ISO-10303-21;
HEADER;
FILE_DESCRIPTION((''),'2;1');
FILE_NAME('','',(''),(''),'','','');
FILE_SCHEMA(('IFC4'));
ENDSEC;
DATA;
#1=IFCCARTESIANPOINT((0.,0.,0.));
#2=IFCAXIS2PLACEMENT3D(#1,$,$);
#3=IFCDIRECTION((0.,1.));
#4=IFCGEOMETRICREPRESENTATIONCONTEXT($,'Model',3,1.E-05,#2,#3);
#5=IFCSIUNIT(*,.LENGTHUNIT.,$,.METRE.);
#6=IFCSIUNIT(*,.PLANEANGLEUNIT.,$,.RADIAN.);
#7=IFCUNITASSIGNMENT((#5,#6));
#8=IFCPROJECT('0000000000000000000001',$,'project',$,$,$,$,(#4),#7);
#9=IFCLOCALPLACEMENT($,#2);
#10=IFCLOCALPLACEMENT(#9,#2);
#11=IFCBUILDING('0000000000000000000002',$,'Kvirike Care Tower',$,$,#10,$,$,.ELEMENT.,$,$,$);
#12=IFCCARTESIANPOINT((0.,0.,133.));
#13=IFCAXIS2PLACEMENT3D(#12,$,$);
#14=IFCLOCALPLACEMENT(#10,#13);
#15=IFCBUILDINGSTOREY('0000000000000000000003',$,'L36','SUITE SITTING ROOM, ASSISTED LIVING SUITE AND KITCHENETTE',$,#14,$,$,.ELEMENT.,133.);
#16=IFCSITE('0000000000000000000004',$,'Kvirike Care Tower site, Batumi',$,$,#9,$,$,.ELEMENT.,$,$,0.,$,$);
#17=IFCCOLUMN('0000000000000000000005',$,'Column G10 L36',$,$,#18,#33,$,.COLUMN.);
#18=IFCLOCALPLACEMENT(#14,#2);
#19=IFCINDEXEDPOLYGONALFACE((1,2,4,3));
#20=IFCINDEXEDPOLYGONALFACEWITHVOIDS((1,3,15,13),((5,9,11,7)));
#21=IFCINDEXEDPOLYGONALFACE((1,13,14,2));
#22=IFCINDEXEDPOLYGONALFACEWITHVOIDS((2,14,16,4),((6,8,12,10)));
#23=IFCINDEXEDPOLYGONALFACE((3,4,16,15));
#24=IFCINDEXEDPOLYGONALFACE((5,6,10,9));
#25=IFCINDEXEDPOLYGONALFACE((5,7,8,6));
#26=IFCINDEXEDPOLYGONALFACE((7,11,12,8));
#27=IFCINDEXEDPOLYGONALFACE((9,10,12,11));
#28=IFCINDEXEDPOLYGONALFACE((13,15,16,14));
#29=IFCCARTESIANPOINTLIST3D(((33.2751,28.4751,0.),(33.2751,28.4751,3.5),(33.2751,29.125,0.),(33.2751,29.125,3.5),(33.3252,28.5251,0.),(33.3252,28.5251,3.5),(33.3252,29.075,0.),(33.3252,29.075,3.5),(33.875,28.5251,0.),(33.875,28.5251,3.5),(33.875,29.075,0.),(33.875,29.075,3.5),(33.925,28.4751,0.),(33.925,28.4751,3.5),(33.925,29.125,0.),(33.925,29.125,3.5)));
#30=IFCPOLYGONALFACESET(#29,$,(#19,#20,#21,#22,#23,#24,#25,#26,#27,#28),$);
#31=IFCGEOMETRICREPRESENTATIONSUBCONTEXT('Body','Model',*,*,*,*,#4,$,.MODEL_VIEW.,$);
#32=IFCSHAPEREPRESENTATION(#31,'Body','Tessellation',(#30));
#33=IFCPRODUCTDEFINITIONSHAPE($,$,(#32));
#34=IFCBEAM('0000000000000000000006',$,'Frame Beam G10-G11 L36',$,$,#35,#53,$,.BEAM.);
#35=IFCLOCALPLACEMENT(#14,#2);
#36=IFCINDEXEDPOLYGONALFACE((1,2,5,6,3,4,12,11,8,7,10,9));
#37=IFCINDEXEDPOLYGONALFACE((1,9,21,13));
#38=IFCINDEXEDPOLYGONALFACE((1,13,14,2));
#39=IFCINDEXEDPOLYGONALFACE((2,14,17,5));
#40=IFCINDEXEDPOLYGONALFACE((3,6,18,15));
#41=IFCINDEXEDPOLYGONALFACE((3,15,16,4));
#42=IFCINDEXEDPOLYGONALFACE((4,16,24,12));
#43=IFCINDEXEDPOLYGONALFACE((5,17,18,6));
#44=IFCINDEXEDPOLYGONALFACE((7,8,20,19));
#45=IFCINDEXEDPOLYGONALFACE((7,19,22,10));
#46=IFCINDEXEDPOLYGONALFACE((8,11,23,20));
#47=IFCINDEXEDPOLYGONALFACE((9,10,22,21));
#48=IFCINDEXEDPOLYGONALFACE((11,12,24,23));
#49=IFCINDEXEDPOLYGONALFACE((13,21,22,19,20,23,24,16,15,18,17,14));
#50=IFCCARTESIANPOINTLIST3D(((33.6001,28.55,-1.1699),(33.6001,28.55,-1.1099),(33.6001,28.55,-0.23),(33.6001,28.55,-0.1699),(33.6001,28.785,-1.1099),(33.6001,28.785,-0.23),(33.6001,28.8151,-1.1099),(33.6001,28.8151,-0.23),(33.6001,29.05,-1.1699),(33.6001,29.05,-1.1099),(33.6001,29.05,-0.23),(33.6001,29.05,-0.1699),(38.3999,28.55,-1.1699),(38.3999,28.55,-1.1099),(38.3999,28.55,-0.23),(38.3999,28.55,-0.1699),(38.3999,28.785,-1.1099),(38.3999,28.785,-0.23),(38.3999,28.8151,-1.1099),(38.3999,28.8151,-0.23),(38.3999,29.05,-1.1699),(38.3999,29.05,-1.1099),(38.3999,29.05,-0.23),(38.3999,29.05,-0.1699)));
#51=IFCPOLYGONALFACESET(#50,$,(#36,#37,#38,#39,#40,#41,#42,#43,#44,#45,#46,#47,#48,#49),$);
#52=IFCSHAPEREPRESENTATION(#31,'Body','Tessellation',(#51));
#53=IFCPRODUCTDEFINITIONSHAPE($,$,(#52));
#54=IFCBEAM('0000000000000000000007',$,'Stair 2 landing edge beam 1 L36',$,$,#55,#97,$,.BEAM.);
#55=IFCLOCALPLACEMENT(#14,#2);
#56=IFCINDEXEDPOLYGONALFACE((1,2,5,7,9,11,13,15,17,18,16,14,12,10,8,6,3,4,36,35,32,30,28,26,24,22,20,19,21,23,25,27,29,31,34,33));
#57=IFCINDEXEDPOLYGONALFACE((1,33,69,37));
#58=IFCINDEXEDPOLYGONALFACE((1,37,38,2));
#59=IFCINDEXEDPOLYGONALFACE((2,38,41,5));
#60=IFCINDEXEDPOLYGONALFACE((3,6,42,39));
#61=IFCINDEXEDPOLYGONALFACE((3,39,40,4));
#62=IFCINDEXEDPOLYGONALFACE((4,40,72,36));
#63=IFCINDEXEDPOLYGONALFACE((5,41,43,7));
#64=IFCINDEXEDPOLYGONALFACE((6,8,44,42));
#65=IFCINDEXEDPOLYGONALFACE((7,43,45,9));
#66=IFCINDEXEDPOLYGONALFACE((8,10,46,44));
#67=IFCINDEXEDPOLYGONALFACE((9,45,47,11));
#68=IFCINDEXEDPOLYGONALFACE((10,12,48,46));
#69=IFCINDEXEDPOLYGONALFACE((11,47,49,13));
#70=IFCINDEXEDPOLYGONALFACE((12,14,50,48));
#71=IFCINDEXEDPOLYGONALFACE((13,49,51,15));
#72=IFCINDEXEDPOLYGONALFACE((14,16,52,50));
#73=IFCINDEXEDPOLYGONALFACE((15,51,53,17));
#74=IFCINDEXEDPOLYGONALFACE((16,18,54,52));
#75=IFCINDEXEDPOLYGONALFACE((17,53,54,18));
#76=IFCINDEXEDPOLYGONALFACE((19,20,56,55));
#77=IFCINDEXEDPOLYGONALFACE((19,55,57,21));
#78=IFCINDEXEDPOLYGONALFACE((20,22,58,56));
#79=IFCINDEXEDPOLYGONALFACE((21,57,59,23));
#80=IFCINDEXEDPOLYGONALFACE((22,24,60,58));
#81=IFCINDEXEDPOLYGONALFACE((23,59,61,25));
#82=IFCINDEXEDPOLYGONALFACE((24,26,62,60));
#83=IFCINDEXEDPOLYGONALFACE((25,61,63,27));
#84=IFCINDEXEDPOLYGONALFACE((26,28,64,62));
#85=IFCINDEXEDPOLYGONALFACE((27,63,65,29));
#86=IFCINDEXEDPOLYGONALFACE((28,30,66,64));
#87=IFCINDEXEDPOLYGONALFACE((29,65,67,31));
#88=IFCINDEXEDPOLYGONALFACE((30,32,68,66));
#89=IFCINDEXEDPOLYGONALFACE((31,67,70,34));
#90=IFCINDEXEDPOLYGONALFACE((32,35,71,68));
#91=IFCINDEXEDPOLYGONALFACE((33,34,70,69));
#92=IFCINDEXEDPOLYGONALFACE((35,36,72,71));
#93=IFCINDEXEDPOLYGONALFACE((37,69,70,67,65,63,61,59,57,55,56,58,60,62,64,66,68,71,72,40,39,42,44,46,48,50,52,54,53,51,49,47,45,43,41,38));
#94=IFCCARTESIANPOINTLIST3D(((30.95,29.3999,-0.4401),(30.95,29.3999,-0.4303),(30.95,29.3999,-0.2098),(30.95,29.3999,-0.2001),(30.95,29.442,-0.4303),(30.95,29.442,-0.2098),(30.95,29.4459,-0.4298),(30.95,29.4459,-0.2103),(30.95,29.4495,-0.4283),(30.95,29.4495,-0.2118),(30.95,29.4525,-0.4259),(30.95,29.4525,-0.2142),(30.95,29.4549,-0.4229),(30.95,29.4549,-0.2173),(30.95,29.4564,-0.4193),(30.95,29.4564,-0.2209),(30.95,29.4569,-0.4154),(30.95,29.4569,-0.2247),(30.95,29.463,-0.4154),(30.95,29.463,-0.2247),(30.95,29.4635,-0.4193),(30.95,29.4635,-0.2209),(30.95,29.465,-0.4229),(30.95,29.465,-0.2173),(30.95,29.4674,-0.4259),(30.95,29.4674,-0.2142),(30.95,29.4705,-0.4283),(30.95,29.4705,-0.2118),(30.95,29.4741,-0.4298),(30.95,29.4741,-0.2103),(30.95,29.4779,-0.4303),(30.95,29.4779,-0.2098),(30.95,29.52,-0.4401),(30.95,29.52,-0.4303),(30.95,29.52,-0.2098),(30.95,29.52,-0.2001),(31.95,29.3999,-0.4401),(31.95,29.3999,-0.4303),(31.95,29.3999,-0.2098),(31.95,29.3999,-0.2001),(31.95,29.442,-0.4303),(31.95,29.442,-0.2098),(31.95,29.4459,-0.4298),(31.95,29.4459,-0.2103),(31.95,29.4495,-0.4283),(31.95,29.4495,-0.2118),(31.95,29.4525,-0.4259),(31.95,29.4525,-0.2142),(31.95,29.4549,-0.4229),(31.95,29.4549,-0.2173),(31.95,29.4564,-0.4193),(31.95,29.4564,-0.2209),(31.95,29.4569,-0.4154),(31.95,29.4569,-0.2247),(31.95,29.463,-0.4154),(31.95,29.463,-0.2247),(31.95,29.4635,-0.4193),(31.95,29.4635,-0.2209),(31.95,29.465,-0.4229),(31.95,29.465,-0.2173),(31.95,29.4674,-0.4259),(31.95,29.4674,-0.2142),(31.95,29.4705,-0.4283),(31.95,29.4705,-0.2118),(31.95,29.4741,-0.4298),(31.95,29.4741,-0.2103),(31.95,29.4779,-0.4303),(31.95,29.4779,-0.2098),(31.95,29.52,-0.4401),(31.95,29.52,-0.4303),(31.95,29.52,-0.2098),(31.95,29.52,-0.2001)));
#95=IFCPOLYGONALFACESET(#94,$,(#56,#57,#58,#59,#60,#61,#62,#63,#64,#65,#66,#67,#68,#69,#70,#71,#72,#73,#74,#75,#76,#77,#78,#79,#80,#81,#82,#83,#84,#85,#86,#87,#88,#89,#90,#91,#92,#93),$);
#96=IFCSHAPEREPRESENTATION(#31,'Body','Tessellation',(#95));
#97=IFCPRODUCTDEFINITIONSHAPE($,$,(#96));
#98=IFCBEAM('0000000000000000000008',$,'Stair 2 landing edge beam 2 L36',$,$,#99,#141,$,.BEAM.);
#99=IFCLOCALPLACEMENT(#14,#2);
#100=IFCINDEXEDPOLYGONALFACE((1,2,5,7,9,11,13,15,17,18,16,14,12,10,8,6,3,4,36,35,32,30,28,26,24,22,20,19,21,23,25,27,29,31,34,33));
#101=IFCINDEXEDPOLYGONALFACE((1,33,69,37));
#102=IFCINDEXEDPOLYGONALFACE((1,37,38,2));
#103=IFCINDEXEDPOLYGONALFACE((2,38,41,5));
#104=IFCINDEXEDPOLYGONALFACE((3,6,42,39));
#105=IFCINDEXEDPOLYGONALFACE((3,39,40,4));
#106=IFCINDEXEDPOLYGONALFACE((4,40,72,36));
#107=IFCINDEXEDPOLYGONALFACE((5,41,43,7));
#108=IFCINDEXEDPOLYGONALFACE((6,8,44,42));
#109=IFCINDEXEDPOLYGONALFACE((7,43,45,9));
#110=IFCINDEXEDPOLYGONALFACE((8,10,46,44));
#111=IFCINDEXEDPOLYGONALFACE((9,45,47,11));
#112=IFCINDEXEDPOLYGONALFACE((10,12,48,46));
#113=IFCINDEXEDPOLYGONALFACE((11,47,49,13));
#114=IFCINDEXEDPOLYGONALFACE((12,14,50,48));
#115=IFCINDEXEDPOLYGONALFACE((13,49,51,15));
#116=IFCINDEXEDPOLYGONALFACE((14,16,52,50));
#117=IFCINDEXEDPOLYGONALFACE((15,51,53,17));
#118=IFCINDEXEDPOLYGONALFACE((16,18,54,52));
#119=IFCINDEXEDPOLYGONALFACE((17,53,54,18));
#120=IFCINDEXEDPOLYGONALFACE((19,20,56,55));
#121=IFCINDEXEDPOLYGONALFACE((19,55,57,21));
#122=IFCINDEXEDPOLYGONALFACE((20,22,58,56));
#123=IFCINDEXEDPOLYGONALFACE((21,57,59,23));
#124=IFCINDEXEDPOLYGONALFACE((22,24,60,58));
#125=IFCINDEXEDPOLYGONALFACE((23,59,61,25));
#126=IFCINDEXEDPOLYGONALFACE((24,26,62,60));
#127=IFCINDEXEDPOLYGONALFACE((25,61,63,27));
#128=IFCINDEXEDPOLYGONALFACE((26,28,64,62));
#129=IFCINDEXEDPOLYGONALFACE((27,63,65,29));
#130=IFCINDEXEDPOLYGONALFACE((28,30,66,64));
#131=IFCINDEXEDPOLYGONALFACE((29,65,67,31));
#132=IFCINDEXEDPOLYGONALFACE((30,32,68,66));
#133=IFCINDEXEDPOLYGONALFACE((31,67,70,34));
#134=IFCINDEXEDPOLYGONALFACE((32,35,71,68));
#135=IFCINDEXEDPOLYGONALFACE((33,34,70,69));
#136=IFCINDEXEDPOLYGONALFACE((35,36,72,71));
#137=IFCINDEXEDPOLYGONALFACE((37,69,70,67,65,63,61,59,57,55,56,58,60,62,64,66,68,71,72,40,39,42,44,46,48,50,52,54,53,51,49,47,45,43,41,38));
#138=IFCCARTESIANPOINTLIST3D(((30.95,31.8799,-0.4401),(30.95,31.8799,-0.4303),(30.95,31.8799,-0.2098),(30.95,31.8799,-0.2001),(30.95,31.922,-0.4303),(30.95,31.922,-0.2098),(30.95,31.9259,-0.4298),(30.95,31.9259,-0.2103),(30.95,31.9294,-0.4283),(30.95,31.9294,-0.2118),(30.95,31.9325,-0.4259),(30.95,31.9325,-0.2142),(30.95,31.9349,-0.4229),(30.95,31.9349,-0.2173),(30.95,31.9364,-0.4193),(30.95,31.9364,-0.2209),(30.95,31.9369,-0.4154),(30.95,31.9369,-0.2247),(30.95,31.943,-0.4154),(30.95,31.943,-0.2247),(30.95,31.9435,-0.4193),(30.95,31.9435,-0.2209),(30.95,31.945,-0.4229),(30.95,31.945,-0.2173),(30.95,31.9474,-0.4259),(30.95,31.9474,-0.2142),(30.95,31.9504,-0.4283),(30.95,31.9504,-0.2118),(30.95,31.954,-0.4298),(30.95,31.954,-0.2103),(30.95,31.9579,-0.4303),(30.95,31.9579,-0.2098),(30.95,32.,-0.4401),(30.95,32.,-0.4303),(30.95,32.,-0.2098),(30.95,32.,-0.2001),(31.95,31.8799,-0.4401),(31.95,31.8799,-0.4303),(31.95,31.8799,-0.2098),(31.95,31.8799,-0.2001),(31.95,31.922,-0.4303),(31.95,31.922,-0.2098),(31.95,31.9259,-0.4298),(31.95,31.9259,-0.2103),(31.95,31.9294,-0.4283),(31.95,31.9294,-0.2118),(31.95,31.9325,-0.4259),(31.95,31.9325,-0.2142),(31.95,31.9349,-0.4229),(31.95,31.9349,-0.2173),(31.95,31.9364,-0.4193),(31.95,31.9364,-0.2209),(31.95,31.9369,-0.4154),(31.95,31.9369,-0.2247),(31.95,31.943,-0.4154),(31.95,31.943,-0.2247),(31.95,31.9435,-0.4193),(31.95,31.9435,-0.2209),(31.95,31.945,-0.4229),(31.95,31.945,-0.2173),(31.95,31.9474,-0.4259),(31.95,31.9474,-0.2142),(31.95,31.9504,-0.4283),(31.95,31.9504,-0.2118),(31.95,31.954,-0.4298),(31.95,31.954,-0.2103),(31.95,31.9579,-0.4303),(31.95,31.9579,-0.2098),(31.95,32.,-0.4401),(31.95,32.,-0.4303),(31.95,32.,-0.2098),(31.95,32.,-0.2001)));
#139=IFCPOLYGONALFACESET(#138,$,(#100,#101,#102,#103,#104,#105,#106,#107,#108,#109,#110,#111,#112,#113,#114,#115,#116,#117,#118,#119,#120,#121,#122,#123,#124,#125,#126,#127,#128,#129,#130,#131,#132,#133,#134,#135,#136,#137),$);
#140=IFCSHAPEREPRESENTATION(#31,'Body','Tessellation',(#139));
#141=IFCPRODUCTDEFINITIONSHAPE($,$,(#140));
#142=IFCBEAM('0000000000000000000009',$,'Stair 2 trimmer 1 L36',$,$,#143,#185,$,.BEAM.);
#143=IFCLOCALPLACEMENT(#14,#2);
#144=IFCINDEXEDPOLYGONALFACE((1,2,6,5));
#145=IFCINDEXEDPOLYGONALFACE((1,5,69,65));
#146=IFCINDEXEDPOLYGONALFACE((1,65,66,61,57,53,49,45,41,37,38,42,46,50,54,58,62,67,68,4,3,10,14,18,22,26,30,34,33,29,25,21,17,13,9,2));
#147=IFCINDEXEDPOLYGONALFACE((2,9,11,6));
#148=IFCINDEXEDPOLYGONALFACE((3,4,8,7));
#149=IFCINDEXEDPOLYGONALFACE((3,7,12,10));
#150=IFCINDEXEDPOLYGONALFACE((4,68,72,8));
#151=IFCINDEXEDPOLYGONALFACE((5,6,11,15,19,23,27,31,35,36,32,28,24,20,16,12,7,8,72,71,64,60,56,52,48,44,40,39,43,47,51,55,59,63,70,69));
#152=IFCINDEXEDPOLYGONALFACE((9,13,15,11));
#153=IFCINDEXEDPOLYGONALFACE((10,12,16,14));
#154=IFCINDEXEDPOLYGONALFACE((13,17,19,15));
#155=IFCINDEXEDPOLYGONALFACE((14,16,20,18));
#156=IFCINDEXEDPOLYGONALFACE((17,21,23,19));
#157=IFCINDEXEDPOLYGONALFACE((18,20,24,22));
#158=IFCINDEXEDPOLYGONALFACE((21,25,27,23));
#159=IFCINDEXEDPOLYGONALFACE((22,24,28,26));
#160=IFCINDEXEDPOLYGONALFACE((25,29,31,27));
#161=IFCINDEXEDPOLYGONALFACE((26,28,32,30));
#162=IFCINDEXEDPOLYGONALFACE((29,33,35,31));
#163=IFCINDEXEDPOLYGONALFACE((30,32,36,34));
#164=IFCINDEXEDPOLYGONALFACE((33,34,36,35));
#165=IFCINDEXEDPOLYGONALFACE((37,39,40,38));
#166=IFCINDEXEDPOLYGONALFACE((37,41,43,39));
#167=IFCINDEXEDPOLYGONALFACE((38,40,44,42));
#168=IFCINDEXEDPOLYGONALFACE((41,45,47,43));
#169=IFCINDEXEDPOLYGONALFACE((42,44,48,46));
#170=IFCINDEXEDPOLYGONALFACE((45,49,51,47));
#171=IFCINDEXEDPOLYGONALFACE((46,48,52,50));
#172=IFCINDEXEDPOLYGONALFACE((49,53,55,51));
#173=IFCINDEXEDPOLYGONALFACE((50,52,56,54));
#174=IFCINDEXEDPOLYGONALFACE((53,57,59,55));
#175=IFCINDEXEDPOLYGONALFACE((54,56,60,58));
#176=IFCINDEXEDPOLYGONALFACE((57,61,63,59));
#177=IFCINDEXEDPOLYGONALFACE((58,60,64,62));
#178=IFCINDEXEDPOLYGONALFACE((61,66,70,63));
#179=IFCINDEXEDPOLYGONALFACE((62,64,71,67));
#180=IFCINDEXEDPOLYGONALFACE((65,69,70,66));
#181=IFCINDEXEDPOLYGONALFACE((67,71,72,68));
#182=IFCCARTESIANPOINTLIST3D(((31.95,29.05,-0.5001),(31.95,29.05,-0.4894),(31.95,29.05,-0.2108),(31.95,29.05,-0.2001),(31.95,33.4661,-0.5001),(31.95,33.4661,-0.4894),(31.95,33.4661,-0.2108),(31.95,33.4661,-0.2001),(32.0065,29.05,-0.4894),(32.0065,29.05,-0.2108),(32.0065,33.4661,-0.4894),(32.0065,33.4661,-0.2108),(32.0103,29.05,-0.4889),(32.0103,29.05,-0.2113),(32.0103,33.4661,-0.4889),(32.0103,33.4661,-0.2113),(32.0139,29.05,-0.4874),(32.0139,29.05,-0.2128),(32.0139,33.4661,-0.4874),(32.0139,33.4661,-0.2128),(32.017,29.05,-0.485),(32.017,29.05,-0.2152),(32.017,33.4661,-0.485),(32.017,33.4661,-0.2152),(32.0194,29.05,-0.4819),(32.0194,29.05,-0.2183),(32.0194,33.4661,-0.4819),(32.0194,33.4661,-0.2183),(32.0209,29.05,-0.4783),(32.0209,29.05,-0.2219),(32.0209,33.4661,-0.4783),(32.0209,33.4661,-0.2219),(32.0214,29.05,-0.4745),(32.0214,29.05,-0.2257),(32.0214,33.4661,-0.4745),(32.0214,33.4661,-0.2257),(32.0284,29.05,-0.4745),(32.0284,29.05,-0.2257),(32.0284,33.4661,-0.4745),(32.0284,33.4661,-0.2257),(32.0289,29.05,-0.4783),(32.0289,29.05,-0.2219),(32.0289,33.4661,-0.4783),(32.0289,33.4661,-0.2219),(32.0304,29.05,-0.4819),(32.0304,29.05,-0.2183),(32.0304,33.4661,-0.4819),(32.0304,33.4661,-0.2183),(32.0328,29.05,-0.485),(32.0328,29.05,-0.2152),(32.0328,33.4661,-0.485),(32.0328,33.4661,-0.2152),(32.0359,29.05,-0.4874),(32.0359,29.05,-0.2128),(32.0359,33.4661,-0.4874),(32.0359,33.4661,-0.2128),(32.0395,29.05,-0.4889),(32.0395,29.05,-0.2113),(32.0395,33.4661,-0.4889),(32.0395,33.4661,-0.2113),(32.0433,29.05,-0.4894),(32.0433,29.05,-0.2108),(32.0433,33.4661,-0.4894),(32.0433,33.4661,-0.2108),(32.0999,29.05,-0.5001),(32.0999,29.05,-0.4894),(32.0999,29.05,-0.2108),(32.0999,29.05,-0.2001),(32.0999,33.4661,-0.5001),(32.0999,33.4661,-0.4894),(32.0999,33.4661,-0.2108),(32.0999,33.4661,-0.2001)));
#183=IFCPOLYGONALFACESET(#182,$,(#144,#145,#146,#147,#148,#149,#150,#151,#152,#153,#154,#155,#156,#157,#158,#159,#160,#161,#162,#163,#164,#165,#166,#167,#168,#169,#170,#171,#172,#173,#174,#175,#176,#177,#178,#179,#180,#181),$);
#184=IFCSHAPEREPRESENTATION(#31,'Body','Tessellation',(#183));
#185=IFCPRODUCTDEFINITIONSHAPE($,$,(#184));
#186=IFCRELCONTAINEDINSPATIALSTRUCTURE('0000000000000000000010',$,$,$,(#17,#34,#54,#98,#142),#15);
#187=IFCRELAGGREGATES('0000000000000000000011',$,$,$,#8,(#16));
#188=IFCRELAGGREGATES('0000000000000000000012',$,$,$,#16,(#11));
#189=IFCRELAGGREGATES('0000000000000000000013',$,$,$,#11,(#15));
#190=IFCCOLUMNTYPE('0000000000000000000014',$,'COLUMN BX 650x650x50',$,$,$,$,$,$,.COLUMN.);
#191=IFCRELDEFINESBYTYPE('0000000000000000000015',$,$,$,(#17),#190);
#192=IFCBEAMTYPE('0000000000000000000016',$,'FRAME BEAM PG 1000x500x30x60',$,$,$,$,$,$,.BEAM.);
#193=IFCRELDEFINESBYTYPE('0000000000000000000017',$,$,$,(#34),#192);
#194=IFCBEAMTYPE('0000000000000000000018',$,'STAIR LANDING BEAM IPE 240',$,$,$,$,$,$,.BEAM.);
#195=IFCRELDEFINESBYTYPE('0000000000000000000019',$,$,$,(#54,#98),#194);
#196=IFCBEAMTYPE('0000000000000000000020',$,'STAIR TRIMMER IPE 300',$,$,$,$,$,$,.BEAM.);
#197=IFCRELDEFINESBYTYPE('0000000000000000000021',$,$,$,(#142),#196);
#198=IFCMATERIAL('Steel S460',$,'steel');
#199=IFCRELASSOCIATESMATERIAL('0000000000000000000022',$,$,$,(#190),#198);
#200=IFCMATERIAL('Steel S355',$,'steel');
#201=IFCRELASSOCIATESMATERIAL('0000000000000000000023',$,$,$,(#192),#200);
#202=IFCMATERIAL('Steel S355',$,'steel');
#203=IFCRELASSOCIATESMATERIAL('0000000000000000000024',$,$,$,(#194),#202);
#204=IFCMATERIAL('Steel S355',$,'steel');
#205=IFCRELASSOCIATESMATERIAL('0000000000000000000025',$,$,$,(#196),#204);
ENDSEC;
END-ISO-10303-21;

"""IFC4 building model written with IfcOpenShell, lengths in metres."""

from ifc_helpers import new_model, si_unit, direction, frame, origin, origin_2d, place, context, subcontext, project, spatial, hollow_rectangle, i_section, extrude, material, material_profile, profile_set, type_object, element, save


model = new_model("IFC4")

# Units and contexts
model_context = context("Model", 3, precision=1e-05, world=origin(), true_north=direction((0.0, 1.0)))
body_context = subcontext(model_context, "Body", "Model", "MODEL_VIEW")
ifc_project = project(units=[si_unit("LENGTHUNIT", "METRE"), si_unit("PLANEANGLEUNIT", "RADIAN")], contexts=[model_context])

# Site, building, storey
site_placement = place(None, origin())
site = spatial("IfcSite", under=ifc_project, at=site_placement, Name="Kvirike Care Tower site, Batumi", CompositionType="ELEMENT", RefElevation=0.0)
building_placement = place(site_placement, origin())
building = spatial("IfcBuilding", under=site, at=building_placement, Name="Kvirike Care Tower", CompositionType="ELEMENT")
storey_placement = place(building_placement, frame((0.0, 0.0, 133.0)))
storey = spatial("IfcBuildingStorey", under=building, at=storey_placement, Name="L36", Description="SUITE SITTING ROOM, ASSISTED LIVING SUITE AND KITCHENETTE", CompositionType="ELEMENT", Elevation=133.0)

# Column
ifc_material_1 = material(Name="Steel S460", Category="steel")
ifc_material_profile_1 = material_profile(ifc_material_1, hollow_rectangle(XDim=0.6499, YDim=0.6499, WallThickness=0.05, at=origin_2d()), Name="BX 650x650x50")
ifc_profile_set_1 = profile_set([ifc_material_profile_1], Name="Steel S460")
column_type = type_object("IfcColumnType", Name="COLUMN BX 650x650x50", PredefinedType="COLUMN", material=ifc_profile_set_1)
column_placement = place(storey_placement, frame((33.6001, 28.8, 0.0), z_axis=(0.0, 0.0, 1.0), x_axis=(0.0, 1.0, 0.0)))
element("IfcColumn", 1, at=column_placement, inside=storey, type_object=column_type, Name="Column G10 L36", PredefinedType="COLUMN", context=body_context, shape_type="SweptSolid", body=[
    extrude(hollow_rectangle(XDim=0.6499, YDim=0.6499, WallThickness=0.05, at=origin_2d()), origin(), (0.0, 0.0, 1.0), 3.5),
])

# Beams
ifc_material_2 = material(Name="Steel S355", Category="steel")
ifc_material_profile_2 = material_profile(ifc_material_2, i_section(OverallWidth=0.5, OverallDepth=1.0, WebThickness=0.03, FlangeThickness=0.0601, at=origin_2d()), Name="PG 1000x500x30x60")
ifc_profile_set_2 = profile_set([ifc_material_profile_2], Name="Steel S355")
beam_type_1 = type_object("IfcBeamType", Name="FRAME BEAM PG 1000x500x30x60", PredefinedType="BEAM", material=ifc_profile_set_2)
beam_placement = place(storey_placement, frame((33.6001, 28.8, -0.6699), z_axis=(1.0, 0.0, 0.0), x_axis=(0.0, 1.0, 0.0)))
element("IfcBeam", 2, at=beam_placement, inside=storey, type_object=beam_type_1, Name="Frame Beam G10-G11 L36", PredefinedType="BEAM", context=body_context, shape_type="SweptSolid", body=[
    extrude(i_section(OverallWidth=0.5, OverallDepth=1.0, WebThickness=0.03, FlangeThickness=0.0601, at=origin_2d()), origin(), (0.0, 0.0, 1.0), 4.7998),
])
ifc_material_3 = material(Name="Steel S355", Category="steel")
ifc_material_profile_3 = material_profile(ifc_material_3, i_section(OverallWidth=0.1201, OverallDepth=0.24, WebThickness=0.0061, FlangeThickness=0.0098, FilletRadius=0.0149, at=origin_2d()), Name="IPE 240")
ifc_profile_set_3 = profile_set([ifc_material_profile_3], Name="Steel S355")
beam_type_2 = type_object("IfcBeamType", Name="STAIR LANDING BEAM IPE 240", PredefinedType="BEAM", material=ifc_profile_set_3)
for number, where, z_axis, x_axis, name in (
    (3, (31.95, 29.46, -0.3201), (-1.0, 0.0, 0.0), (0.0, -1.0, 0.0), "Stair 2 landing edge beam 1 L36"),
    (4, (31.95, 31.9399, -0.3201), (-1.0, 0.0, 0.0), (0.0, -1.0, 0.0), "Stair 2 landing edge beam 2 L36"),
):
    element("IfcBeam", number, at=place(storey_placement, frame(where, z_axis=z_axis, x_axis=x_axis)), inside=storey, type_object=beam_type_2, Name=name, PredefinedType="BEAM", context=body_context, shape_type="SweptSolid", body=[
        extrude(i_section(OverallWidth=0.1201, OverallDepth=0.24, WebThickness=0.0061, FlangeThickness=0.0098, FilletRadius=0.0149, at=origin_2d()), origin(), (0.0, 0.0, 1.0), 1.0),
    ])
ifc_material_4 = material(Name="Steel S355", Category="steel")
ifc_material_profile_4 = material_profile(ifc_material_4, i_section(OverallWidth=0.1499, OverallDepth=0.3, WebThickness=0.0071, FlangeThickness=0.0107, FilletRadius=0.0149, at=origin_2d()), Name="IPE 300")
ifc_profile_set_4 = profile_set([ifc_material_profile_4], Name="Steel S355")
beam_type_3 = type_object("IfcBeamType", Name="STAIR TRIMMER IPE 300", PredefinedType="BEAM", material=ifc_profile_set_4)
for number, where, z_axis, x_axis, name in (
    (5, (32.0249, 29.05, -0.3501), (0.0, 1.0, 0.0), (-1.0, 0.0, 0.0), "Stair 2 trimmer 1 L36"),
):
    element("IfcBeam", number, at=place(storey_placement, frame(where, z_axis=z_axis, x_axis=x_axis)), inside=storey, type_object=beam_type_3, Name=name, PredefinedType="BEAM", context=body_context, shape_type="SweptSolid", body=[
        extrude(i_section(OverallWidth=0.1499, OverallDepth=0.3, WebThickness=0.0071, FlangeThickness=0.0107, FilletRadius=0.0149, at=origin_2d()), origin(), (0.0, 0.0, 1.0), 4.416),
    ])

save(model, "model.ifc")
